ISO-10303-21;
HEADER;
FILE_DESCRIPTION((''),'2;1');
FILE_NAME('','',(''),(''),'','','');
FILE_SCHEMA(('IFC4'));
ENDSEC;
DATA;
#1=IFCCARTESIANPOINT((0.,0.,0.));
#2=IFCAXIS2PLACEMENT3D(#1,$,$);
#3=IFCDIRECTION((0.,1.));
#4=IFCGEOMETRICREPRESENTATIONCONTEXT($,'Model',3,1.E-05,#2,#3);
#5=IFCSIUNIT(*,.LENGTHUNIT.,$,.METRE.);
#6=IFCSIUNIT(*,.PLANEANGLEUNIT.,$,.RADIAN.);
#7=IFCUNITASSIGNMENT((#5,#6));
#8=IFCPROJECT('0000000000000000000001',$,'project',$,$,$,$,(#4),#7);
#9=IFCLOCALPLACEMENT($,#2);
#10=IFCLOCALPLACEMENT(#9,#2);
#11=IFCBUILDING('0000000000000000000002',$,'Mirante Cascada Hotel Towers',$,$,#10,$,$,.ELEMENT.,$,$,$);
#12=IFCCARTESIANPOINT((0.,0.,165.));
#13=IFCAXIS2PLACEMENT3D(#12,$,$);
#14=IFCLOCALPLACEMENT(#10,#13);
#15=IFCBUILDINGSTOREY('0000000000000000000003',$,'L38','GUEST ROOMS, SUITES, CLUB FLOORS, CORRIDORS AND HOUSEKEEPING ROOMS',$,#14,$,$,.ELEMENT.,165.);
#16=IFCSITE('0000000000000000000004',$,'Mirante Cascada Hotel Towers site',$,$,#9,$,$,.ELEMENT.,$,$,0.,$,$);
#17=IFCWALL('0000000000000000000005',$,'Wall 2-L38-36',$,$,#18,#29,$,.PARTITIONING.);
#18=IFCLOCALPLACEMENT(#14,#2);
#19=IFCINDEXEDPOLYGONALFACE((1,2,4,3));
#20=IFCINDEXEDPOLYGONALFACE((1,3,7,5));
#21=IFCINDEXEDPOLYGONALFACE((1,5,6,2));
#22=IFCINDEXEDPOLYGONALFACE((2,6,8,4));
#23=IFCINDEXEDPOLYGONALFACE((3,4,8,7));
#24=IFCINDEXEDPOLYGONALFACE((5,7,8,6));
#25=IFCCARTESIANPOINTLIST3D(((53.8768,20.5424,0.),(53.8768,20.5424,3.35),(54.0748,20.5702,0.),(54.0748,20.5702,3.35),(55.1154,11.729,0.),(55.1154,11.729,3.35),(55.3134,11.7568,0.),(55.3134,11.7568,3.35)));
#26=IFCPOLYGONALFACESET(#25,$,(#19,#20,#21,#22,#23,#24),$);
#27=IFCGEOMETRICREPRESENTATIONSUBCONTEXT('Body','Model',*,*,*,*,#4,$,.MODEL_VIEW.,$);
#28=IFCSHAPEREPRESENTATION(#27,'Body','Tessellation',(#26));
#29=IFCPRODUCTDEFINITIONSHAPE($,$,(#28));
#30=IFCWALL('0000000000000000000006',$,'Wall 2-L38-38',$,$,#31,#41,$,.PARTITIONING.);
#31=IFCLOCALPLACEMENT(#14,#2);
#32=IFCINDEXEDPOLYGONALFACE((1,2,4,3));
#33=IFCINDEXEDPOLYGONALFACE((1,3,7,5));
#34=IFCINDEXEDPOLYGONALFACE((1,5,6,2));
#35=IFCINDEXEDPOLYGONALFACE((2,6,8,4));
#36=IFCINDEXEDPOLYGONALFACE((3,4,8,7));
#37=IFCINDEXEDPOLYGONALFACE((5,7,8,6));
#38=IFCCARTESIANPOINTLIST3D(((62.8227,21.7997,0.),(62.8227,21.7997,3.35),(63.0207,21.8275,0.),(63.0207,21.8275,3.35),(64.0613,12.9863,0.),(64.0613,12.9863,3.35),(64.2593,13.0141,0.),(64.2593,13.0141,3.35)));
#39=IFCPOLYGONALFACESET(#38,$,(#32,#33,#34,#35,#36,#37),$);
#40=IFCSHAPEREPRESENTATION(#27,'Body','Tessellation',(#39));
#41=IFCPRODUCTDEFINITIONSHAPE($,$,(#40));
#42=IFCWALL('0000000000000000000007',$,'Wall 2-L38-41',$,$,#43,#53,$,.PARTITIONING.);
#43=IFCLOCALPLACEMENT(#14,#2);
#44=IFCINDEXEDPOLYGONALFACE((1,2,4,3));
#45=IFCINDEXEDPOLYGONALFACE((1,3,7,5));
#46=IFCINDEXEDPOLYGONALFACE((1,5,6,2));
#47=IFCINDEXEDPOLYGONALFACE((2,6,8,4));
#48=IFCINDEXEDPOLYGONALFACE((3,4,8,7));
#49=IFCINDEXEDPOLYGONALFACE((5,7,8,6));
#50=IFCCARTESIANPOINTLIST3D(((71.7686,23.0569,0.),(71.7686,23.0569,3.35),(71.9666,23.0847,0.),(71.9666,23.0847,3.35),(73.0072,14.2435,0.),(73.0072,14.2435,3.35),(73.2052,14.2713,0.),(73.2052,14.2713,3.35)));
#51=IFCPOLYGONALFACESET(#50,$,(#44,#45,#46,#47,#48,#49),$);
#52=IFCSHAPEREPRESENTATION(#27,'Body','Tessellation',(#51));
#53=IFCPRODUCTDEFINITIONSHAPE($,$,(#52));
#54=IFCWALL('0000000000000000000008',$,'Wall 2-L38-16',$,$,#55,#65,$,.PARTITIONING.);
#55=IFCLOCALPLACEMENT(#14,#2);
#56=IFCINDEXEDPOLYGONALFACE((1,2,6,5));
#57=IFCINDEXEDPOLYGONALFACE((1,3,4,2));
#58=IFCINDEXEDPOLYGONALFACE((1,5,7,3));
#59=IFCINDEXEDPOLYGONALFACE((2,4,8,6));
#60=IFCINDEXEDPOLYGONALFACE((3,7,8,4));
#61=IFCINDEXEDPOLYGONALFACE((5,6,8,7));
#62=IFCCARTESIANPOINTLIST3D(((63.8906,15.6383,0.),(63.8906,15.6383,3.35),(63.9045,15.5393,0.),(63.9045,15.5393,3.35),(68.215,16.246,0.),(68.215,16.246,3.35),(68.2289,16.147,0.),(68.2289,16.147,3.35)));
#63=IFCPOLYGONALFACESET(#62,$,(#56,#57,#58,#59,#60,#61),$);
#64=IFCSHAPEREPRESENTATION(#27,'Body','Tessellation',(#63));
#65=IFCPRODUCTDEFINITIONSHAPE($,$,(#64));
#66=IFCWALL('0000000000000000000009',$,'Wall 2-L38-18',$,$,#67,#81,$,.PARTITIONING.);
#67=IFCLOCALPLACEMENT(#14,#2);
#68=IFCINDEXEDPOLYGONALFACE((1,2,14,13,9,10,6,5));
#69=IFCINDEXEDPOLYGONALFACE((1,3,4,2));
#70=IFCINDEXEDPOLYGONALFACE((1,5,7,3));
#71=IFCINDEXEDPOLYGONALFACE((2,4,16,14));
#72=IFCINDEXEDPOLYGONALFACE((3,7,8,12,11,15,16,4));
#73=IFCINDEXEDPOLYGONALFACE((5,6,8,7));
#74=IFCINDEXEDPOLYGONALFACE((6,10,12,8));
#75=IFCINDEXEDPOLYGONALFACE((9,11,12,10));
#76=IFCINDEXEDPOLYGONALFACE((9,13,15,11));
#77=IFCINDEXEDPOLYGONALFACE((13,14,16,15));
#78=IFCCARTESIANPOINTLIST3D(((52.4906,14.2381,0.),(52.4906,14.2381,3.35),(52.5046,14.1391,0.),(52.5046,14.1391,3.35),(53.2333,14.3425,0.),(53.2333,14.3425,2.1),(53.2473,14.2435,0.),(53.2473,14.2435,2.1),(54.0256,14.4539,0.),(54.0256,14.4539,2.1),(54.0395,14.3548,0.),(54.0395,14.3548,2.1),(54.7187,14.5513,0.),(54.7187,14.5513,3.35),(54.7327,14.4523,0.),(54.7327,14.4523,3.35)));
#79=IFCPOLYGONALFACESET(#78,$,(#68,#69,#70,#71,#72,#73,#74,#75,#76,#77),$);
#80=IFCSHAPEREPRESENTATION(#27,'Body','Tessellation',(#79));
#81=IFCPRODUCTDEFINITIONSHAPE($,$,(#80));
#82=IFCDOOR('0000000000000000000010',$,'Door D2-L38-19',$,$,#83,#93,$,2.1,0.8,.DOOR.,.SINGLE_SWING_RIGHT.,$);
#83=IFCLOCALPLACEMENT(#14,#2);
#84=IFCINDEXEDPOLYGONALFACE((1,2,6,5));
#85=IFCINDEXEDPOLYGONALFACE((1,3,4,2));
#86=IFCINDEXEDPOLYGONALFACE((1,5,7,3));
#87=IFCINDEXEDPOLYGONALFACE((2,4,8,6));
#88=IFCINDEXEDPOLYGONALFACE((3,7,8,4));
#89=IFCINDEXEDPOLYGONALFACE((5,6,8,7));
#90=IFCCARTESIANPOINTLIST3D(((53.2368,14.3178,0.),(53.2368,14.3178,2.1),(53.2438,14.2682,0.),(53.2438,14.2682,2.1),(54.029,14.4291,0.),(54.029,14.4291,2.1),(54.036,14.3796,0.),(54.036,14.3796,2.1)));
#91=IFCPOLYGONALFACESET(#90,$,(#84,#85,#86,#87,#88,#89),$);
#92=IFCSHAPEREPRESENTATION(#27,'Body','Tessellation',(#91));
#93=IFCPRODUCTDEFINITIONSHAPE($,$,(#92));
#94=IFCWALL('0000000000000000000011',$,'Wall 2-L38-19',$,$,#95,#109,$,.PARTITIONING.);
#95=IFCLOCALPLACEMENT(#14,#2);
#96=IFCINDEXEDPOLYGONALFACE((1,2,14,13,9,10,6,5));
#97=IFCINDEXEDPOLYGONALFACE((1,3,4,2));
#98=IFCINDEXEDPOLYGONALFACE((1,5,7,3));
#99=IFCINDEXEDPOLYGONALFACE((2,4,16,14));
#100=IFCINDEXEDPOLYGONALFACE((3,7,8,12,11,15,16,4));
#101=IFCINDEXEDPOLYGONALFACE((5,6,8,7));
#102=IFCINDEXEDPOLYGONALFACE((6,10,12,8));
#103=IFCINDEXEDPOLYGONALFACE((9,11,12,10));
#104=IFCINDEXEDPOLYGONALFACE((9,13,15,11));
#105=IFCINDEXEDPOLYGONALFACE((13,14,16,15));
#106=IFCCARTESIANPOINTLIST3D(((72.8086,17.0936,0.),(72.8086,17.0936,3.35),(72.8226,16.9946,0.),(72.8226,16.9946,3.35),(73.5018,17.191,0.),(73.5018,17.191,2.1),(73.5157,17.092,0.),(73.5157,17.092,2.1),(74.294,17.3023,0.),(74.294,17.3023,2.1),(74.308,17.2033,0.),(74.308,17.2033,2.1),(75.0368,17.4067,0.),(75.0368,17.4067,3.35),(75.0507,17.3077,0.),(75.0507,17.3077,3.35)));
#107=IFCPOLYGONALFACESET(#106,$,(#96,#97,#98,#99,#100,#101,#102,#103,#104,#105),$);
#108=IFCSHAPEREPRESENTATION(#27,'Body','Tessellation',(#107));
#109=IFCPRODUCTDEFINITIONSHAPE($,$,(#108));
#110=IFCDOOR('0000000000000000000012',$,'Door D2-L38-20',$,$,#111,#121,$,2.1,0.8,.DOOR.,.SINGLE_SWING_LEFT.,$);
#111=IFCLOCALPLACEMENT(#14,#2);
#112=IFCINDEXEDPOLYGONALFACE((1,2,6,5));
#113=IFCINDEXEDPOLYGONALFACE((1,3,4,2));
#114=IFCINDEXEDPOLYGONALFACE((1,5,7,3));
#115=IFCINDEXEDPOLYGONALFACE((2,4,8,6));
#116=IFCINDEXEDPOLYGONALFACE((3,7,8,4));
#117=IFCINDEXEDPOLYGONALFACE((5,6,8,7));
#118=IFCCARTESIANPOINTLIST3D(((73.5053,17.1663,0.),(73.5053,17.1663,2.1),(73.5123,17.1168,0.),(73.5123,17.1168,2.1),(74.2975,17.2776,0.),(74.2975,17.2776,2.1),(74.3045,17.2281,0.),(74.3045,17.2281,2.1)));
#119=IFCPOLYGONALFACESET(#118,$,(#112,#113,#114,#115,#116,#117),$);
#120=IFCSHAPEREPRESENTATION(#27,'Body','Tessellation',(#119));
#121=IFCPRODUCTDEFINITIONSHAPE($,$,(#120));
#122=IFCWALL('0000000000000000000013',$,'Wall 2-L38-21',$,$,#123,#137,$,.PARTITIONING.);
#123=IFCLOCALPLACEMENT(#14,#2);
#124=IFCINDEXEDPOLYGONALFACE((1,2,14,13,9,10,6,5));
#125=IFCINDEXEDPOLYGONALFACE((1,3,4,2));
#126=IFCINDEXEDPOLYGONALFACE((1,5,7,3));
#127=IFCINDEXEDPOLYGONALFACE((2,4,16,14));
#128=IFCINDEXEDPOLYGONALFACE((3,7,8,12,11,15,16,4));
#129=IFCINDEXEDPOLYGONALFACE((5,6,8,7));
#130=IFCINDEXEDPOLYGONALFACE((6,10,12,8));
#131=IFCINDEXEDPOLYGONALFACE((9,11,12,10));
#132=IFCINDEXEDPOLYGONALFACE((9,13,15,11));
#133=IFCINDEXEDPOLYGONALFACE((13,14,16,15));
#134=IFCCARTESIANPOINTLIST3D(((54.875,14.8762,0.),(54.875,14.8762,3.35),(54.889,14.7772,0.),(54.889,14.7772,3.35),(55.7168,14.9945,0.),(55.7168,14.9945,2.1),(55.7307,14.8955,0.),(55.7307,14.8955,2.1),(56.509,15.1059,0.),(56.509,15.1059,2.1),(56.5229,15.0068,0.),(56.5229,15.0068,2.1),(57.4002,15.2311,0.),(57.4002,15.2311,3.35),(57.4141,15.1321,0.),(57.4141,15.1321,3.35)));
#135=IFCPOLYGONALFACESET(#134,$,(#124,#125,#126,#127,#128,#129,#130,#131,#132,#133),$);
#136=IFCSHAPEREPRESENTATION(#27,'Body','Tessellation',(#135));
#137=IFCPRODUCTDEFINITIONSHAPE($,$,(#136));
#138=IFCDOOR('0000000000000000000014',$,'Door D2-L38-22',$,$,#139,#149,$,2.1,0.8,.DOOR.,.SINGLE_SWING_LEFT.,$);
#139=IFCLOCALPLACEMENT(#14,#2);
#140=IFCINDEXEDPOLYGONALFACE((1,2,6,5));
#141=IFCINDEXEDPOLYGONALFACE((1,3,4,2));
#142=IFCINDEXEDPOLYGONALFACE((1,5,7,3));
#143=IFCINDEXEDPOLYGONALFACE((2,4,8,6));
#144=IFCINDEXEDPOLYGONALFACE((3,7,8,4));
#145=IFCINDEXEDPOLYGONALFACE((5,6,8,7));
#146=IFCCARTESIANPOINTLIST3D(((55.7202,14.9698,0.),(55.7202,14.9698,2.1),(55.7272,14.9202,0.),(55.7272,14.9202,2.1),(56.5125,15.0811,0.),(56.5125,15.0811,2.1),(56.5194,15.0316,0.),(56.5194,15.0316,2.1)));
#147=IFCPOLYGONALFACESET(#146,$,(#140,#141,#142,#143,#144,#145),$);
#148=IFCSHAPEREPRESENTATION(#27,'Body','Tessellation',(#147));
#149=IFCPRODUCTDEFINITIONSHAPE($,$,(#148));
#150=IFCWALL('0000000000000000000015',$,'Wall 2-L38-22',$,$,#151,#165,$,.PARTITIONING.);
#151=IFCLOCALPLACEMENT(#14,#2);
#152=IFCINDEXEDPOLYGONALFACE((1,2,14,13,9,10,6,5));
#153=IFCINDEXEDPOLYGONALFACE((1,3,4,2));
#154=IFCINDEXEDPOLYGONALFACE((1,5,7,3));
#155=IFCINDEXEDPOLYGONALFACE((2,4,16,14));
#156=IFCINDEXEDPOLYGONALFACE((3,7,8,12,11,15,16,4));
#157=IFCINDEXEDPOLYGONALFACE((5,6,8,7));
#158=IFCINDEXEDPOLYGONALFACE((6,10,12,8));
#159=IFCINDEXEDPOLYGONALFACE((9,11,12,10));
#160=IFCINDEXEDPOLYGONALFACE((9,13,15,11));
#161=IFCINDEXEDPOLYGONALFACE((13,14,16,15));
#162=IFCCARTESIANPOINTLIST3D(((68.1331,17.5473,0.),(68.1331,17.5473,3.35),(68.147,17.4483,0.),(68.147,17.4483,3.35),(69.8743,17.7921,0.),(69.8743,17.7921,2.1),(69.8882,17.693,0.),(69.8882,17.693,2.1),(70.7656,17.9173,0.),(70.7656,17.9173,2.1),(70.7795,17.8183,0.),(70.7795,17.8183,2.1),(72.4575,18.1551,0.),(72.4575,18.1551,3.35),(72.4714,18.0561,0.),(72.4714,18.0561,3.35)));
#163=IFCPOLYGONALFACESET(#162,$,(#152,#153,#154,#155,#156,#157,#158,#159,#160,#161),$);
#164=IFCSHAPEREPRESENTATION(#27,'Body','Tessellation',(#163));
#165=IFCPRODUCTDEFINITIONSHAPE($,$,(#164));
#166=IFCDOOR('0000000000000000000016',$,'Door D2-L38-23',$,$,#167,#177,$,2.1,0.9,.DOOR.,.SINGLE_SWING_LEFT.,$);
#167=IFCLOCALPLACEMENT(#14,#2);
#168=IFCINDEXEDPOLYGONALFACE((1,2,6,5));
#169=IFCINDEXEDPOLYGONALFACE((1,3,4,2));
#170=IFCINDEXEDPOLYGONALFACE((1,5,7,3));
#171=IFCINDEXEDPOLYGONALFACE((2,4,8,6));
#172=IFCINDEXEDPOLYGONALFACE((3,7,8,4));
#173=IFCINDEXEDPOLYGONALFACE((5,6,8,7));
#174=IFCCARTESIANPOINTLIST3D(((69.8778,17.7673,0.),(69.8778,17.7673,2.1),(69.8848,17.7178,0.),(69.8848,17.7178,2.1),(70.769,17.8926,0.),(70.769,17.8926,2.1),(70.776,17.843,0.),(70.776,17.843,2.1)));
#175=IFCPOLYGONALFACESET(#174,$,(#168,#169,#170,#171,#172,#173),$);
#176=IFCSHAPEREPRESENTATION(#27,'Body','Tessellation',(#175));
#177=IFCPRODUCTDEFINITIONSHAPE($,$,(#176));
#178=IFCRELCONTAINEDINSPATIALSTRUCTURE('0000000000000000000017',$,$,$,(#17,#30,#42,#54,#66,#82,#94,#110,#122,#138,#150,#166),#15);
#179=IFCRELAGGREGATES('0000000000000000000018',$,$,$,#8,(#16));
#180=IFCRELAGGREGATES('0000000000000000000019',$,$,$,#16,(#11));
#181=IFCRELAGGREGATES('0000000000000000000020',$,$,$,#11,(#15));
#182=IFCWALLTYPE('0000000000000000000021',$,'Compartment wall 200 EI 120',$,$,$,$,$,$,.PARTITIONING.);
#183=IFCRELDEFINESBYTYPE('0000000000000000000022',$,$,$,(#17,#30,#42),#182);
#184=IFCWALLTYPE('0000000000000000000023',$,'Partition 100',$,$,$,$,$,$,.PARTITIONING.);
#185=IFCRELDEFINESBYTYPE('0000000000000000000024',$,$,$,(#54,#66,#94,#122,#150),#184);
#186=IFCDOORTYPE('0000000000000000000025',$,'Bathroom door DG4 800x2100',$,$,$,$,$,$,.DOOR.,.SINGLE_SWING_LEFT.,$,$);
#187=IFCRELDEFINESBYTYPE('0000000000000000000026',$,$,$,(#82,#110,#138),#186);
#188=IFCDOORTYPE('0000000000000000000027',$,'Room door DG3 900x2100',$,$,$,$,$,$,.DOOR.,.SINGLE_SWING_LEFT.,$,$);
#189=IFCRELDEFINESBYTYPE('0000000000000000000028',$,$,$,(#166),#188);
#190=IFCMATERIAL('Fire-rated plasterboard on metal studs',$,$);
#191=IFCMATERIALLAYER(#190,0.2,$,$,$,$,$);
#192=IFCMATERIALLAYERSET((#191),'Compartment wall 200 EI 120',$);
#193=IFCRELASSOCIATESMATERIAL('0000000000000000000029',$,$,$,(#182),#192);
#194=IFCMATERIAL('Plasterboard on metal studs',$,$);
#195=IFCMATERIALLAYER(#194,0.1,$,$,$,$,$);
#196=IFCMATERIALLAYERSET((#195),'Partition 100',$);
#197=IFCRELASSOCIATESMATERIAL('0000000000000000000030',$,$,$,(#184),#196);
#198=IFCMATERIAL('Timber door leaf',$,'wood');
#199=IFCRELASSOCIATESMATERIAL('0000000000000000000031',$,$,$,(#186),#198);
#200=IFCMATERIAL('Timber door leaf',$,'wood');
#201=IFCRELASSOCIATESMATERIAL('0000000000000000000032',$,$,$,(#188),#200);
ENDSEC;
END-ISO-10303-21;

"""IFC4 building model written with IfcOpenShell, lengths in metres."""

from ifc_helpers import new_model, si_unit, direction, frame, frame_2d, origin, place, context, subcontext, project, spatial, rectangle, extrude, material, layer, layer_set, type_object, element, fill, save


model = new_model("IFC4")

# Units and contexts
model_context = context("Model", 3, precision=1e-05, world=origin(), true_north=direction((0.0, 1.0)))
body_context = subcontext(model_context, "Body", "Model", "MODEL_VIEW")
ifc_project = project(units=[si_unit("LENGTHUNIT", "METRE"), si_unit("PLANEANGLEUNIT", "RADIAN")], contexts=[model_context])

# Site, building, storey
site_placement = place(None, origin())
site = spatial("IfcSite", under=ifc_project, at=site_placement, Name="Mirante Cascada Hotel Towers site", CompositionType="ELEMENT", RefElevation=0.0)
building_placement = place(site_placement, origin())
building = spatial("IfcBuilding", under=site, at=building_placement, Name="Mirante Cascada Hotel Towers", CompositionType="ELEMENT")
storey_placement = place(building_placement, frame((0.0, 0.0, 165.0)))
storey = spatial("IfcBuildingStorey", under=building, at=storey_placement, Name="L38", Description="GUEST ROOMS, SUITES, CLUB FLOORS, CORRIDORS AND HOUSEKEEPING ROOMS", CompositionType="ELEMENT", Elevation=165.0)

# Walls
ifc_material_1 = material(Name="Fire-rated plasterboard on metal studs")
ifc_layer_1 = layer(ifc_material_1, 0.2)
ifc_layer_set_1 = layer_set([ifc_layer_1], Name="Compartment wall 200 EI 120")
wall_type_1 = type_object("IfcWallType", Name="Compartment wall 200 EI 120", PredefinedType="PARTITIONING", material=ifc_layer_set_1)
for number, where, z_axis, x_axis, name in (
    (1, (53.9758, 20.5563, 0.0), (0.0, 0.0, 1.0), (0.139168, -0.990269, 0.0), "Wall 2-L38-36"),
    (2, (62.9217, 21.8136, 0.0), (0.0, 0.0, 1.0), (0.139168, -0.990269, 0.0), "Wall 2-L38-38"),
    (3, (73.1062, 14.2574, 0.0), (0.0, 0.0, 1.0), (-0.139168, 0.990269, 0.0), "Wall 2-L38-41"),
):
    element("IfcWall", number, at=place(storey_placement, frame(where, z_axis=z_axis, x_axis=x_axis)), inside=storey, type_object=wall_type_1, Name=name, PredefinedType="PARTITIONING", context=body_context, shape_type="SweptSolid", body=[
        extrude(rectangle(XDim=8.9, YDim=0.2, at=frame_2d((4.45, 0.0))), origin(), (0.0, 0.0, 1.0), 3.35),
    ])
ifc_material_2 = material(Name="Plasterboard on metal studs")
ifc_layer_2 = layer(ifc_material_2, 0.1)
ifc_layer_set_2 = layer_set([ifc_layer_2], Name="Partition 100")
wall_type_2 = type_object("IfcWallType", Name="Partition 100", PredefinedType="PARTITIONING", material=ifc_layer_set_2)
wall_1_placement = place(storey_placement, frame((68.2219, 16.1965, 0.0), z_axis=(0.0, 0.0, 1.0), x_axis=(-0.99027, -0.139161, 0.0)))
element("IfcWall", 4, at=wall_1_placement, inside=storey, type_object=wall_type_2, Name="Wall 2-L38-16", PredefinedType="PARTITIONING", context=body_context, shape_type="SweptSolid", body=[
    extrude(rectangle(XDim=4.3669, YDim=0.1, at=frame_2d((2.1834, 0.0))), origin(), (0.0, 0.0, 1.0), 3.35),
])

# Walls, openings, doors
wall_2_placement = place(storey_placement, frame((54.7257, 14.5018, 0.0), z_axis=(0.0, 0.0, 1.0), x_axis=(-0.990264, -0.1392, 0.0)))
wall_2 = element("IfcWall", 5, at=wall_2_placement, inside=storey, type_object=wall_type_2, Name="Wall 2-L38-18", PredefinedType="PARTITIONING", context=body_context, shape_type="SweptSolid", body=[
    extrude(rectangle(XDim=2.25, YDim=0.1, at=frame_2d((1.125, 0.0))), origin(), (0.0, 0.0, 1.0), 3.35),
])
opening_1_placement = place(wall_2_placement, frame((0.7, 0.0, 0.0)))
opening_1 = element("IfcOpeningElement", 6, at=opening_1_placement, cuts=wall_2, PredefinedType="OPENING", context=body_context, shape_type="SweptSolid", body=[
    extrude(rectangle(XDim=0.8, YDim=2.1, at=frame_2d((0.4, 1.05))), frame((0.0, 0.05, 0.0), z_axis=(0.0, -1.0, 0.0), x_axis=(1.0, 0.0, 0.0)), (0.0, 0.0, 1.0), 0.1),
])
ifc_material_3 = material(Name="Timber door leaf", Category="wood")
door_type_1 = type_object("IfcDoorType", Name="Bathroom door DG4 800x2100", OperationType="SINGLE_SWING_LEFT", PredefinedType="DOOR", material=ifc_material_3)
door_1_placement = place(opening_1_placement, frame((0.8, 0.0, 0.0), z_axis=(0.0, 0.0, 1.0), x_axis=(-1.0, 0.0, 0.0)))
door_1 = element("IfcDoor", 7, at=door_1_placement, inside=storey, type_object=door_type_1, Name="Door D2-L38-19", OperationType="SINGLE_SWING_RIGHT", OverallHeight=2.1, OverallWidth=0.8, PredefinedType="DOOR", context=body_context, shape_type="SweptSolid", body=[
    extrude(rectangle(XDim=0.8, YDim=2.1, at=frame_2d((0.4, 1.05))), frame((0.0, 0.025, 0.0), z_axis=(0.0, -1.0, 0.0), x_axis=(1.0, 0.0, 0.0)), (0.0, 0.0, 1.0), 0.05),
])
fill(opening_1, door_1)
wall_3_placement = place(storey_placement, frame((72.8156, 17.0441, 0.0), z_axis=(0.0, 0.0, 1.0), x_axis=(0.990271, 0.139156, 0.0)))
wall_3 = element("IfcWall", 8, at=wall_3_placement, inside=storey, type_object=wall_type_2, Name="Wall 2-L38-19", PredefinedType="PARTITIONING", context=body_context, shape_type="SweptSolid", body=[
    extrude(rectangle(XDim=2.25, YDim=0.1, at=frame_2d((1.125, 0.0))), origin(), (0.0, 0.0, 1.0), 3.35),
])
opening_2_placement = place(wall_3_placement, frame((0.7, 0.0, 0.0)))
opening_2 = element("IfcOpeningElement", 9, at=opening_2_placement, cuts=wall_3, PredefinedType="OPENING", context=body_context, shape_type="SweptSolid", body=[
    extrude(rectangle(XDim=0.8, YDim=2.1, at=frame_2d((0.4, 1.05))), frame((0.0, 0.05, 0.0), z_axis=(0.0, -1.0, 0.0), x_axis=(1.0, 0.0, 0.0)), (0.0, 0.0, 1.0), 0.1),
])
door_2_placement = place(opening_2_placement, origin())
door_2 = element("IfcDoor", 10, at=door_2_placement, inside=storey, type_object=door_type_1, Name="Door D2-L38-20", OperationType="SINGLE_SWING_LEFT", OverallHeight=2.1, OverallWidth=0.8, PredefinedType="DOOR", context=body_context, shape_type="SweptSolid", body=[
    extrude(rectangle(XDim=0.8, YDim=2.1, at=frame_2d((0.4, 1.05))), frame((0.0, 0.025, 0.0), z_axis=(0.0, -1.0, 0.0), x_axis=(1.0, 0.0, 0.0)), (0.0, 0.0, 1.0), 0.05),
])
fill(opening_2, door_2)
wall_4_placement = place(storey_placement, frame((54.882, 14.8267, 0.0), z_axis=(0.0, 0.0, 1.0), x_axis=(0.990268, 0.139176, 0.0)))
wall_4 = element("IfcWall", 11, at=wall_4_placement, inside=storey, type_object=wall_type_2, Name="Wall 2-L38-21", PredefinedType="PARTITIONING", context=body_context, shape_type="SweptSolid", body=[
    extrude(rectangle(XDim=2.55, YDim=0.1, at=frame_2d((1.275, 0.0))), origin(), (0.0, 0.0, 1.0), 3.35),
])
opening_3_placement = place(wall_4_placement, frame((0.85, 0.0, 0.0)))
opening_3 = element("IfcOpeningElement", 12, at=opening_3_placement, cuts=wall_4, PredefinedType="OPENING", context=body_context, shape_type="SweptSolid", body=[
    extrude(rectangle(XDim=0.8, YDim=2.1, at=frame_2d((0.4, 1.05))), frame((0.0, 0.05, 0.0), z_axis=(0.0, -1.0, 0.0), x_axis=(1.0, 0.0, 0.0)), (0.0, 0.0, 1.0), 0.1),
])
door_3_placement = place(opening_3_placement, origin())
door_3 = element("IfcDoor", 13, at=door_3_placement, inside=storey, type_object=door_type_1, Name="Door D2-L38-22", OperationType="SINGLE_SWING_LEFT", OverallHeight=2.1, OverallWidth=0.8, PredefinedType="DOOR", context=body_context, shape_type="SweptSolid", body=[
    extrude(rectangle(XDim=0.8, YDim=2.1, at=frame_2d((0.4, 1.05))), frame((0.0, 0.025, 0.0), z_axis=(0.0, -1.0, 0.0), x_axis=(1.0, 0.0, 0.0)), (0.0, 0.0, 1.0), 0.05),
])
fill(opening_3, door_3)
wall_5_placement = place(storey_placement, frame((72.4644, 18.1056, 0.0), z_axis=(0.0, 0.0, 1.0), x_axis=(-0.990267, -0.139183, 0.0)))
wall_5 = element("IfcWall", 14, at=wall_5_placement, inside=storey, type_object=wall_type_2, Name="Wall 2-L38-22", PredefinedType="PARTITIONING", context=body_context, shape_type="SweptSolid", body=[
    extrude(rectangle(XDim=4.3669, YDim=0.1, at=frame_2d((2.1834, 0.0))), origin(), (0.0, 0.0, 1.0), 3.35),
])
opening_4_placement = place(wall_5_placement, frame((1.7085, 0.0, 0.0)))
opening_4 = element("IfcOpeningElement", 15, at=opening_4_placement, cuts=wall_5, PredefinedType="OPENING", context=body_context, shape_type="SweptSolid", body=[
    extrude(rectangle(XDim=0.9, YDim=2.1, at=frame_2d((0.45, 1.05))), frame((0.0, 0.05, 0.0), z_axis=(0.0, -1.0, 0.0), x_axis=(1.0, 0.0, 0.0)), (0.0, 0.0, 1.0), 0.1),
])
ifc_material_4 = material(Name="Timber door leaf", Category="wood")
door_type_2 = type_object("IfcDoorType", Name="Room door DG3 900x2100", OperationType="SINGLE_SWING_LEFT", PredefinedType="DOOR", material=ifc_material_4)
door_4_placement = place(opening_4_placement, origin())
door_4 = element("IfcDoor", 16, at=door_4_placement, inside=storey, type_object=door_type_2, Name="Door D2-L38-23", OperationType="SINGLE_SWING_LEFT", OverallHeight=2.1, OverallWidth=0.9, PredefinedType="DOOR", context=body_context, shape_type="SweptSolid", body=[
    extrude(rectangle(XDim=0.9, YDim=2.1, at=frame_2d((0.45, 1.05))), frame((0.0, 0.025, 0.0), z_axis=(0.0, -1.0, 0.0), x_axis=(1.0, 0.0, 0.0)), (0.0, 0.0, 1.0), 0.05),
])
fill(opening_4, door_4)

save(model, "model.ifc")
